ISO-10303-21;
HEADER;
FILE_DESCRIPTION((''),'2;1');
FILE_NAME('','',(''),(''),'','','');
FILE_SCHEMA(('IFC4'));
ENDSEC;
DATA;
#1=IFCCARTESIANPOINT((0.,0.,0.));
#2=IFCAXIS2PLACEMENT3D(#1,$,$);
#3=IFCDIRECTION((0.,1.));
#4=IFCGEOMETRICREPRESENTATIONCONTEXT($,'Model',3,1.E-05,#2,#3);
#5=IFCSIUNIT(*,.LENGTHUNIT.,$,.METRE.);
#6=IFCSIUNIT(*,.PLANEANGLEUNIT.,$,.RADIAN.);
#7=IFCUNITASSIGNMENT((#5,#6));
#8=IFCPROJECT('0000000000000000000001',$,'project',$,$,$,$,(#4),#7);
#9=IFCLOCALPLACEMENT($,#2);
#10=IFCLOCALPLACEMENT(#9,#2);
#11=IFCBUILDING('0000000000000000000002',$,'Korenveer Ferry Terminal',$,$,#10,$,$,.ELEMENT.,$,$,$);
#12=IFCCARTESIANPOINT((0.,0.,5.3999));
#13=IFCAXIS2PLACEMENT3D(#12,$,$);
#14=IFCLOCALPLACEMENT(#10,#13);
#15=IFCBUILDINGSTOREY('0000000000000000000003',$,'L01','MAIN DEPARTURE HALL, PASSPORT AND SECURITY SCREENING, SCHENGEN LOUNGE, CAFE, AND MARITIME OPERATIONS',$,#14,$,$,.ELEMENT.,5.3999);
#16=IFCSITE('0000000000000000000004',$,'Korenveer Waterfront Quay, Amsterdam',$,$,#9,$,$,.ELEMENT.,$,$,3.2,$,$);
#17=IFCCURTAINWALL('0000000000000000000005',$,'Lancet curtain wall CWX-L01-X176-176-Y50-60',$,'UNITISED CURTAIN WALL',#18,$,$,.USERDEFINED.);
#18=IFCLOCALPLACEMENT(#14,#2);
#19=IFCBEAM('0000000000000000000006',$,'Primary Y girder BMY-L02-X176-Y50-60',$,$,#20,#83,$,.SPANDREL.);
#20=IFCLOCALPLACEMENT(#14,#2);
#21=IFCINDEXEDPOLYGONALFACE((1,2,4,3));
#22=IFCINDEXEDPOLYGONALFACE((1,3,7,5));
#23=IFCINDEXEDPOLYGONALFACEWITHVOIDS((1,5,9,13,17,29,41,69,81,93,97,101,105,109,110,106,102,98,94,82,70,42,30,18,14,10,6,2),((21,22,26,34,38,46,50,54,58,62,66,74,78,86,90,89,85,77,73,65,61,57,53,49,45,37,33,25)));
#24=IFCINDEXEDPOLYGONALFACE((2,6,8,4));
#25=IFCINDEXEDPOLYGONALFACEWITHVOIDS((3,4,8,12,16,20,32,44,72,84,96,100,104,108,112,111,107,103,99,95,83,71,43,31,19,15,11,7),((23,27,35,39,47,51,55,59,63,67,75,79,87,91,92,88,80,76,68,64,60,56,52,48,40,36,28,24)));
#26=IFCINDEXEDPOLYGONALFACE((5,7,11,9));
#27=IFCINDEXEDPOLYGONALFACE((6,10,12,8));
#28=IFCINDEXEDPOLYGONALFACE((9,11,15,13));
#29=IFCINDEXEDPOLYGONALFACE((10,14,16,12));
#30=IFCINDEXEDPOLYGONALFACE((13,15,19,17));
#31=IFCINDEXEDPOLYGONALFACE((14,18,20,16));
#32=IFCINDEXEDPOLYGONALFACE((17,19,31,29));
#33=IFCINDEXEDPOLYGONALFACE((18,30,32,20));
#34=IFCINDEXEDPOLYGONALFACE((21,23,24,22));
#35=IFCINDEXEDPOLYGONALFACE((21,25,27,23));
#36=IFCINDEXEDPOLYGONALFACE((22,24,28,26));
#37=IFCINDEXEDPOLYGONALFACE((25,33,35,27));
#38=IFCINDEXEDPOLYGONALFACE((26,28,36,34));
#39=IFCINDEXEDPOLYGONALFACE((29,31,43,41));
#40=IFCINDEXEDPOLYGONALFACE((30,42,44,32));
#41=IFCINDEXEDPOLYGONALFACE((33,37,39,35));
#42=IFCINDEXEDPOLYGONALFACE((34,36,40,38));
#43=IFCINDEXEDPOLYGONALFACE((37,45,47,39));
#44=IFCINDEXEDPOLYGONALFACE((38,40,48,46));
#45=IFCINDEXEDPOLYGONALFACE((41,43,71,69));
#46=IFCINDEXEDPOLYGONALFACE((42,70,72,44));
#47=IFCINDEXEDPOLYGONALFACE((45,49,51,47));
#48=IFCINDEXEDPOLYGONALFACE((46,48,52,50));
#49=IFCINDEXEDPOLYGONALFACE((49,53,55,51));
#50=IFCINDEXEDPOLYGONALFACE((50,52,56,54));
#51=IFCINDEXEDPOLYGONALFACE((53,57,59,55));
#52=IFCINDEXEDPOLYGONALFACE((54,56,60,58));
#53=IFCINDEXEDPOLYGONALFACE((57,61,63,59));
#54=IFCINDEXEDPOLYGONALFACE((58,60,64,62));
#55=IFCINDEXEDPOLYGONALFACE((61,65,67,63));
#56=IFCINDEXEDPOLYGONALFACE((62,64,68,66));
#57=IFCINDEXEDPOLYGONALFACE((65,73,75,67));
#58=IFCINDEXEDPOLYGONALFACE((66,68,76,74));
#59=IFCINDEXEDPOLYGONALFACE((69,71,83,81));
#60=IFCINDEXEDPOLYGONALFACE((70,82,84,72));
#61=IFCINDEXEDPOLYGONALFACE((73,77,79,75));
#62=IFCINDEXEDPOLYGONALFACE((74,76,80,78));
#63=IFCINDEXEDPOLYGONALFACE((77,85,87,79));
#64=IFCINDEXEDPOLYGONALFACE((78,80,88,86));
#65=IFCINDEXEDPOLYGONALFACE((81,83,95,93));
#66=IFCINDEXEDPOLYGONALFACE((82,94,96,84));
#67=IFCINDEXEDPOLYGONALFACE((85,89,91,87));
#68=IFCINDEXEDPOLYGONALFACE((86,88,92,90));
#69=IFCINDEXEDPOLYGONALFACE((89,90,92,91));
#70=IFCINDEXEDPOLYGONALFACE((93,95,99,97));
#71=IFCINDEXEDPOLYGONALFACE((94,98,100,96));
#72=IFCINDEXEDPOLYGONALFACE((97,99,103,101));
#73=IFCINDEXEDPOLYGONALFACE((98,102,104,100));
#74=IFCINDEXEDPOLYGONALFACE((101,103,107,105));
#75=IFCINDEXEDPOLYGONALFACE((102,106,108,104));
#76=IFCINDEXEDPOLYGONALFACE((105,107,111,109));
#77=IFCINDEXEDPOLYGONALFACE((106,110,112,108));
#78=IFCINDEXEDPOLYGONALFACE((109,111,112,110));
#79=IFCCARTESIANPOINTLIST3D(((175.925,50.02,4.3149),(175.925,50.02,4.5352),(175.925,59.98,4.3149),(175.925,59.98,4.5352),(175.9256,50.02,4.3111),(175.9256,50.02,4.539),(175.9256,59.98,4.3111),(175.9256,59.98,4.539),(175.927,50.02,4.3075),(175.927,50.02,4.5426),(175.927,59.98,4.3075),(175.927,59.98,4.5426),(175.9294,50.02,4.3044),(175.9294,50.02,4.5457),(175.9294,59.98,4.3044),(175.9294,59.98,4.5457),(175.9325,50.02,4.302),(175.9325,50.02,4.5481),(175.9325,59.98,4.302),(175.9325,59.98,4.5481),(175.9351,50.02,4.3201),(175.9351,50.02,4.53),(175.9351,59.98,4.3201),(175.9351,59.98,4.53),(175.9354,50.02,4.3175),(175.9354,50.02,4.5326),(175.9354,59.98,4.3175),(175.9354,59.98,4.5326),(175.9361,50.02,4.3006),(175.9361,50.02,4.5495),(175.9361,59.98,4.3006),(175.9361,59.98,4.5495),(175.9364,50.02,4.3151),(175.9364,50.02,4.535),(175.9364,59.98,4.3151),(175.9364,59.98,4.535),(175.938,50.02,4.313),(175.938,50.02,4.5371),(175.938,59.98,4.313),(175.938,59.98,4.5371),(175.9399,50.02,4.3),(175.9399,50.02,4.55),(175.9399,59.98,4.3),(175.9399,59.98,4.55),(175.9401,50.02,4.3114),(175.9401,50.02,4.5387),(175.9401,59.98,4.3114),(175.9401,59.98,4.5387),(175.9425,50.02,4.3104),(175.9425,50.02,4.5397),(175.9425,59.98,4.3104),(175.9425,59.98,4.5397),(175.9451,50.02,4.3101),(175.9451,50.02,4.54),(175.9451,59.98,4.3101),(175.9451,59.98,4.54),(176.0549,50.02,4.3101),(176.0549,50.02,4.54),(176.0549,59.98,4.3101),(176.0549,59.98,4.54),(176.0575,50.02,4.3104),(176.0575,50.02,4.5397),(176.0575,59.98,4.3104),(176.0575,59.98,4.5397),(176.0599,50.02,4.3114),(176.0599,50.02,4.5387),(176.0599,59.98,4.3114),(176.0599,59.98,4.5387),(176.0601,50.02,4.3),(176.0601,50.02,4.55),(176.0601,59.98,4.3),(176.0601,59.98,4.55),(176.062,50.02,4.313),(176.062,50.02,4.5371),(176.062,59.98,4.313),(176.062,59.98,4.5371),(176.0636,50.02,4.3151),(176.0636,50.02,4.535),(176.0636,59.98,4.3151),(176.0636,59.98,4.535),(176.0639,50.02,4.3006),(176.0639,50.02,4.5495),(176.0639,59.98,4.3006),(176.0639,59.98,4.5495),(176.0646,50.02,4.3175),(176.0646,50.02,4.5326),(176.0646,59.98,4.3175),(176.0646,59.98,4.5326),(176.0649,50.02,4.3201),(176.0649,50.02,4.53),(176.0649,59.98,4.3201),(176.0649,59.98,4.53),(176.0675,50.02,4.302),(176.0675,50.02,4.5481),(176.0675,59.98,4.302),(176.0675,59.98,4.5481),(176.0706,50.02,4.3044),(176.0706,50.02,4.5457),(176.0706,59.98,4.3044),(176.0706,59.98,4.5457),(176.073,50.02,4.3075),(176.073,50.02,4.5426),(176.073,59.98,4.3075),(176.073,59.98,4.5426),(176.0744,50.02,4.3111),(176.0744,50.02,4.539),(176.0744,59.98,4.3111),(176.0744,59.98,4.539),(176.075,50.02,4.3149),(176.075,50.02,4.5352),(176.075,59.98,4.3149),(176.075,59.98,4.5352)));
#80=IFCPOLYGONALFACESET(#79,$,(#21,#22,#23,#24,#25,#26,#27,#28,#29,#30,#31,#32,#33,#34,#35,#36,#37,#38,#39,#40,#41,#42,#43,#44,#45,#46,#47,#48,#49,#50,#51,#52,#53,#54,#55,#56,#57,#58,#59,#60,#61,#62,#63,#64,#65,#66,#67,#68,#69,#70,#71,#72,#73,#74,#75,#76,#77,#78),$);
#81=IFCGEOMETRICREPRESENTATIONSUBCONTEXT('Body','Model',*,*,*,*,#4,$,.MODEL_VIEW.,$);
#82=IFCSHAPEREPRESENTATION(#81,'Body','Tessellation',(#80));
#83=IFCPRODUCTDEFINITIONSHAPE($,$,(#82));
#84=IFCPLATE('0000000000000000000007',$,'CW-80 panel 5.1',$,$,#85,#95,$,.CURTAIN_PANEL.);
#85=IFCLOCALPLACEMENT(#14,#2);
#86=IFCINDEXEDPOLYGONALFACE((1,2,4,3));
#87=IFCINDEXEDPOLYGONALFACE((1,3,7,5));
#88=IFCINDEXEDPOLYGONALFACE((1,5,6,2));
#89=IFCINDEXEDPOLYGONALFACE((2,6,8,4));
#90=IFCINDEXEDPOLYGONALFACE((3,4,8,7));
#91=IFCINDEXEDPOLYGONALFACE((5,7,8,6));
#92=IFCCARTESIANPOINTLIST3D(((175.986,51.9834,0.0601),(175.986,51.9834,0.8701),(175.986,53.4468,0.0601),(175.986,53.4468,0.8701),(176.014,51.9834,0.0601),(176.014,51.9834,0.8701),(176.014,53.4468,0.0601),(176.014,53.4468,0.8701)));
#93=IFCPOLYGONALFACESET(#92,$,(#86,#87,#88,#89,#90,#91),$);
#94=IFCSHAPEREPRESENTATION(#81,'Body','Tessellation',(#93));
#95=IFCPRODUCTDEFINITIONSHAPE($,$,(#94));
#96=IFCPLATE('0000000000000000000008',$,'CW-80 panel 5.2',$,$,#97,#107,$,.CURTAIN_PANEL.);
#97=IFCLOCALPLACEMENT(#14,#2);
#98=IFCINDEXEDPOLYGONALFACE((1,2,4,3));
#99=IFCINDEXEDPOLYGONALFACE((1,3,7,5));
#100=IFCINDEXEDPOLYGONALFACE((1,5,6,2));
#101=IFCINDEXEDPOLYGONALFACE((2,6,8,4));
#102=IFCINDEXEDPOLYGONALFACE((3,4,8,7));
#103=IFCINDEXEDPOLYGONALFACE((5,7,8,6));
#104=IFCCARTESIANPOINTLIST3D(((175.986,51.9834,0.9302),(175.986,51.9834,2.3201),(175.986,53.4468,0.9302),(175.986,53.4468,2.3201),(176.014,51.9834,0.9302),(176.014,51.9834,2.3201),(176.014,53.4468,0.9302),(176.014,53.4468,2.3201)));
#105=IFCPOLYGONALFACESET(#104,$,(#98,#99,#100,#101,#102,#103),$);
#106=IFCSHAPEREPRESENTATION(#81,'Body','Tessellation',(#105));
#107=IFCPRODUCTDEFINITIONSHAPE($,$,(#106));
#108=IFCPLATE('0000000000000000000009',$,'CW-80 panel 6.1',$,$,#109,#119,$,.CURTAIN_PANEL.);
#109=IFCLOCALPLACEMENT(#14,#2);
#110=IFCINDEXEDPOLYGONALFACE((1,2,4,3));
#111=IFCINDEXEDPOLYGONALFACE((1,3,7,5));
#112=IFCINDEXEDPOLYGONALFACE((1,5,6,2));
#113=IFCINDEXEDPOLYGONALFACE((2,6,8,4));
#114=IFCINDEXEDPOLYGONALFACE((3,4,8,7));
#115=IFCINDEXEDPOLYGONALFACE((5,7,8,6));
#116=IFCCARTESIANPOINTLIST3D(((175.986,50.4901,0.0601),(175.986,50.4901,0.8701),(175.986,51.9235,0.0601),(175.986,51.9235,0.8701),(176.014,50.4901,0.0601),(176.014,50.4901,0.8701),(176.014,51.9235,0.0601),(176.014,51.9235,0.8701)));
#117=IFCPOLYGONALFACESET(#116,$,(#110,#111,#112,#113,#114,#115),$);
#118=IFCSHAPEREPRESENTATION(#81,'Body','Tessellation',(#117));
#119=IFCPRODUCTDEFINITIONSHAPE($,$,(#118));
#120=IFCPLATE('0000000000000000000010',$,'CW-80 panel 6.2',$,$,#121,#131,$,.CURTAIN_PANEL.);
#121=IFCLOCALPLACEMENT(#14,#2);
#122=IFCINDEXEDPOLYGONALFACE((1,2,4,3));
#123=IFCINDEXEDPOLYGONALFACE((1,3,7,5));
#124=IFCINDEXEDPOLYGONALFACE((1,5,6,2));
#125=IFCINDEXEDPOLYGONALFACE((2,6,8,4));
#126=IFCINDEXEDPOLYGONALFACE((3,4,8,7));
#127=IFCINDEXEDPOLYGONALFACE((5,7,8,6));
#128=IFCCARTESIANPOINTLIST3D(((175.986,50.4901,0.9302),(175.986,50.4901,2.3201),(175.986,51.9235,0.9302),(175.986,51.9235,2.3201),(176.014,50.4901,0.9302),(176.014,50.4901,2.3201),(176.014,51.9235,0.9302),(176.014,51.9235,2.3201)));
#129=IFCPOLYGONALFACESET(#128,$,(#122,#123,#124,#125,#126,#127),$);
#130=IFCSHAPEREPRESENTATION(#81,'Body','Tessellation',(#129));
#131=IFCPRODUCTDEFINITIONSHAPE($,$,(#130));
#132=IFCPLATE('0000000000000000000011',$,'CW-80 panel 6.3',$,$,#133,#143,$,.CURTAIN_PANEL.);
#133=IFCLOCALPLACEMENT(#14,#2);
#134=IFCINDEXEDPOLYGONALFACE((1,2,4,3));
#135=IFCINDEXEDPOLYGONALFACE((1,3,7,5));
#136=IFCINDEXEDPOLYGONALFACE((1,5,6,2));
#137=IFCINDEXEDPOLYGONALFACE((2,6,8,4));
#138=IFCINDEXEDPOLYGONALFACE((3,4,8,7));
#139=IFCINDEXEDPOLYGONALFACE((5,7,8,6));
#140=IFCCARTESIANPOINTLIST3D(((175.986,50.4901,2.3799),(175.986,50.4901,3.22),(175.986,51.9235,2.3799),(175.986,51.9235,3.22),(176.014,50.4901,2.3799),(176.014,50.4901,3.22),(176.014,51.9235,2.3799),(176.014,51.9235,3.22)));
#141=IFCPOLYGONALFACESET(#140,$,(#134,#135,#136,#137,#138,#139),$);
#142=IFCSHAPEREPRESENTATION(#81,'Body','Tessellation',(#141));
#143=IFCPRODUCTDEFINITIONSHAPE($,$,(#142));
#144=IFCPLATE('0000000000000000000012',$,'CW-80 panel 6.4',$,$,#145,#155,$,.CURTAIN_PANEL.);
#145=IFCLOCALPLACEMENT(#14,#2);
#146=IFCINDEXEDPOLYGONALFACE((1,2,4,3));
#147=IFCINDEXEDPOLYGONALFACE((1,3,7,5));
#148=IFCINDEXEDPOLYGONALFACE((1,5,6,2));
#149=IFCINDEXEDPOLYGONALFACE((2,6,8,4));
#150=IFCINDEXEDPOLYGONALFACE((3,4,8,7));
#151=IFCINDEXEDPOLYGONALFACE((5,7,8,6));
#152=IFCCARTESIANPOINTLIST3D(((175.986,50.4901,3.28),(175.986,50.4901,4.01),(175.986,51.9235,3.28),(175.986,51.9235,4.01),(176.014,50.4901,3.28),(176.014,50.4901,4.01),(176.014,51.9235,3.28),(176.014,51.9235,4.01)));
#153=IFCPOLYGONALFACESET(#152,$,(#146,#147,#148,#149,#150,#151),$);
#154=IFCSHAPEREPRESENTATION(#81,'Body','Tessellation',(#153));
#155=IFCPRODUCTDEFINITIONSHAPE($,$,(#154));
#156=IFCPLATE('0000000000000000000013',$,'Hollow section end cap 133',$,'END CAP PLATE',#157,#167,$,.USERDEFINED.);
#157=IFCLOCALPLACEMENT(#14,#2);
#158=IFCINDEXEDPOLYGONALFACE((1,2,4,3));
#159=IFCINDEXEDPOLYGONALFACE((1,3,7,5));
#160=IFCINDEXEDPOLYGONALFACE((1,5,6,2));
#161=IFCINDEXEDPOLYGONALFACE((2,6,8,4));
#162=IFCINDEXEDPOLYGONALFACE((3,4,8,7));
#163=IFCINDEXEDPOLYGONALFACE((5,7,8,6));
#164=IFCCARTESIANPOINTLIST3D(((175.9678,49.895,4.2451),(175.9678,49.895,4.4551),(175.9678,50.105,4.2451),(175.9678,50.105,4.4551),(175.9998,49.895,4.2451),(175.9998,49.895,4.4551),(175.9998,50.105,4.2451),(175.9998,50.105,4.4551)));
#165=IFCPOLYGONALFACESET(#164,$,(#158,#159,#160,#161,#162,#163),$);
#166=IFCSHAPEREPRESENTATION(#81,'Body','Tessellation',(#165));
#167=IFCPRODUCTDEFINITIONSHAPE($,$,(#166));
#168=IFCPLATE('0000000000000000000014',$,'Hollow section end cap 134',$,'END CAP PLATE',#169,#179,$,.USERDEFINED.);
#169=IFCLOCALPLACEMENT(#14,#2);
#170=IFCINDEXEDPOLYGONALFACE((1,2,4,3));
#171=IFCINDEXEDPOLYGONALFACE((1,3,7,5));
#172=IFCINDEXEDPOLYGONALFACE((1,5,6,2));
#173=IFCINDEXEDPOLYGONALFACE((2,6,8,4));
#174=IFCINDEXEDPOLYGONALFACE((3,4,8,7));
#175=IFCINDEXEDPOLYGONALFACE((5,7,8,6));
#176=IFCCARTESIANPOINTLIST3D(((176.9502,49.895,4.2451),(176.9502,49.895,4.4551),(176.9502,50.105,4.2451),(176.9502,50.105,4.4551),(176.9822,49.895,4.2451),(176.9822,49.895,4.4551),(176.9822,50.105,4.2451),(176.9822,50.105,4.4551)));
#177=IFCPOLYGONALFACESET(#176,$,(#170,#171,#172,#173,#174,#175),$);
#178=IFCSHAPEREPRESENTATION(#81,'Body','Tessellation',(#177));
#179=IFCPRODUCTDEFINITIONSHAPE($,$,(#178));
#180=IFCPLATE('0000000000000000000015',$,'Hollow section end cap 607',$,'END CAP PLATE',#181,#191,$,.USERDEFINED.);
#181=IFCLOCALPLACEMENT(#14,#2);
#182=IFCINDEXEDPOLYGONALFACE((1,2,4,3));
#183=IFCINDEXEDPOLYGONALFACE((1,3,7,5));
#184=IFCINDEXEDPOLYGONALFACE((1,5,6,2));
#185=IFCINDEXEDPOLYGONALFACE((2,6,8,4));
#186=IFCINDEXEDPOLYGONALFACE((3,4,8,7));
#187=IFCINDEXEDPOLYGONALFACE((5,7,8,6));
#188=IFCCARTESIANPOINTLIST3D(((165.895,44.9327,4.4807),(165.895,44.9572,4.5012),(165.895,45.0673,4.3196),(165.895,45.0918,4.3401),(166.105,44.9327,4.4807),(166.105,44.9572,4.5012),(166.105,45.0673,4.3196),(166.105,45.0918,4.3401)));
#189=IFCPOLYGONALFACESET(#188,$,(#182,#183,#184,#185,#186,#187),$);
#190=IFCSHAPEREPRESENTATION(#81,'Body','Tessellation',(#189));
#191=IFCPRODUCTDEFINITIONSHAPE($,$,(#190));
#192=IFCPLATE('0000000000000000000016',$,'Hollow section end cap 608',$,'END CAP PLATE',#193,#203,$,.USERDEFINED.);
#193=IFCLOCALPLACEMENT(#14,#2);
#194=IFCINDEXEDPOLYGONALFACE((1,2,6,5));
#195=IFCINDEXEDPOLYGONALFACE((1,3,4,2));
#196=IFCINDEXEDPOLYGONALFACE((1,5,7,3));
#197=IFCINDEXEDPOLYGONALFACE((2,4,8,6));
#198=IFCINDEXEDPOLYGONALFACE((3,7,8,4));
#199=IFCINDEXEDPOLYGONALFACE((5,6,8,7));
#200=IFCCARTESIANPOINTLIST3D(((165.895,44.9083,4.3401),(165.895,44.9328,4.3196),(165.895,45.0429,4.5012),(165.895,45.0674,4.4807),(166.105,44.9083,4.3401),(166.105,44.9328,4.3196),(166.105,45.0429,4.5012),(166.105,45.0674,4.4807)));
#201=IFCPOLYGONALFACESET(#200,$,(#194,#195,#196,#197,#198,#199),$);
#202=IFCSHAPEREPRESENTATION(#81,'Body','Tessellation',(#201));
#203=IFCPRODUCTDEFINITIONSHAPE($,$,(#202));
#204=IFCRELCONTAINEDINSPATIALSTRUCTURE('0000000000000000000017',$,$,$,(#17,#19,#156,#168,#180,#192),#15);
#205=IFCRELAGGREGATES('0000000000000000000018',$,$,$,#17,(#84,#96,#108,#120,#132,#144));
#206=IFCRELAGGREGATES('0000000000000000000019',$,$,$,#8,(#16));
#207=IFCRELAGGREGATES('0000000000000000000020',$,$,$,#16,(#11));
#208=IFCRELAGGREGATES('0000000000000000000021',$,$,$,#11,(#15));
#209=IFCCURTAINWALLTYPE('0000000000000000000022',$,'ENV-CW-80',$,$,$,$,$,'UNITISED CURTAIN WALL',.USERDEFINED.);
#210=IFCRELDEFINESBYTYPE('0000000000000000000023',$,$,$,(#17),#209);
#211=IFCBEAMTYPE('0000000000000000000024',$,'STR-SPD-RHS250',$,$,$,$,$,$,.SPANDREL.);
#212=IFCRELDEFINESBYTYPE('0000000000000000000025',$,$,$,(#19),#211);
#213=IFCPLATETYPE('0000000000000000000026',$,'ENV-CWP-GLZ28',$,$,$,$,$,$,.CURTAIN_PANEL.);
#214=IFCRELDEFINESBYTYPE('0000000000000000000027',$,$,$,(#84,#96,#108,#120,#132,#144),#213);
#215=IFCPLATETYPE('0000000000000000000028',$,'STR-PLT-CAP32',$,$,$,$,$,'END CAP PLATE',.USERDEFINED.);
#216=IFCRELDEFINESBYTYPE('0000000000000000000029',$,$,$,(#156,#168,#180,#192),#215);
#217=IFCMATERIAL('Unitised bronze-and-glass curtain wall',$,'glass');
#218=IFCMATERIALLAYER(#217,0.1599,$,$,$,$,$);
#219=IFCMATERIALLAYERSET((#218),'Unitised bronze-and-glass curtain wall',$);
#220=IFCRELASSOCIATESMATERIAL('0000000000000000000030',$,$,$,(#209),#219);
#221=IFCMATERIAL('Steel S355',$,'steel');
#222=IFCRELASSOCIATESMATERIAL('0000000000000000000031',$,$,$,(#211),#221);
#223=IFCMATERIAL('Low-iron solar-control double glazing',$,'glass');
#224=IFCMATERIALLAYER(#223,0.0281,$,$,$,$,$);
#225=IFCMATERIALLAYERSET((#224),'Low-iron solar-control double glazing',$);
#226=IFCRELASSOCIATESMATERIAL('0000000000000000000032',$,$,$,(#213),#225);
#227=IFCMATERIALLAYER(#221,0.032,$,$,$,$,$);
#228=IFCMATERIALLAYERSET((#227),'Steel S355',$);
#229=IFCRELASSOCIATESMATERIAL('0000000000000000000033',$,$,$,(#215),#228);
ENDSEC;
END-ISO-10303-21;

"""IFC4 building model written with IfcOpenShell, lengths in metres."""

from ifc_helpers import new_model, si_unit, direction, frame, origin, origin_2d, place, context, subcontext, project, spatial, rectangle, hollow_rectangle, extrude, material, layer, layer_set, material_profile, profile_set, type_object, element, aggregate, save


model = new_model("IFC4")

# Units and contexts
model_context = context("Model", 3, precision=1e-05, world=origin(), true_north=direction((0.0, 1.0)))
body_context = subcontext(model_context, "Body", "Model", "MODEL_VIEW")
ifc_project = project(units=[si_unit("LENGTHUNIT", "METRE"), si_unit("PLANEANGLEUNIT", "RADIAN")], contexts=[model_context])

# Site, building, storey
site_placement = place(None, origin())
site = spatial("IfcSite", under=ifc_project, at=site_placement, Name="Korenveer Waterfront Quay, Amsterdam", CompositionType="ELEMENT", RefElevation=3.2)
building_placement = place(site_placement, origin())
building = spatial("IfcBuilding", under=site, at=building_placement, Name="Korenveer Ferry Terminal", CompositionType="ELEMENT")
storey_placement = place(building_placement, frame((0.0, 0.0, 5.3999)))
storey = spatial("IfcBuildingStorey", under=building, at=storey_placement, Name="L01", Description="MAIN DEPARTURE HALL, PASSPORT AND SECURITY SCREENING, SCHENGEN LOUNGE, CAFE, AND MARITIME OPERATIONS", CompositionType="ELEMENT", Elevation=5.3999)

# Shared definitions
ifc_material_1 = material(Name="Steel S355", Category="steel")

# Curtain wall
ifc_material_2 = material(Name="Unitised bronze-and-glass curtain wall", Category="glass")
ifc_layer_1 = layer(ifc_material_2, 0.1599)
ifc_layer_set_1 = layer_set([ifc_layer_1], Name="Unitised bronze-and-glass curtain wall")
curtain_wall_type = type_object("IfcCurtainWallType", Name="ENV-CW-80", ElementType="UNITISED CURTAIN WALL", PredefinedType="USERDEFINED", material=ifc_layer_set_1)
curtain_wall_placement = place(storey_placement, frame((176.0, 59.5701, 0.0)))
curtain_wall = element("IfcCurtainWall", 1, at=curtain_wall_placement, inside=storey, type_object=curtain_wall_type, Name="Lancet curtain wall CWX-L01-X176-176-Y50-60", ObjectType="UNITISED CURTAIN WALL", PredefinedType="USERDEFINED")

# Beam
ifc_material_profile_1 = material_profile(ifc_material_1, hollow_rectangle(XDim=0.1499, YDim=0.25, WallThickness=0.01, InnerFilletRadius=0.01, OuterFilletRadius=0.0149, at=origin_2d()), Name="RHS 250x150x10")
ifc_profile_set_1 = profile_set([ifc_material_profile_1], Name="Steel S355")
beam_type_1 = type_object("IfcBeamType", Name="STR-SPD-RHS250", PredefinedType="SPANDREL", material=ifc_profile_set_1)
for number, where, z_axis, x_axis, name in (
    (2, (176.0, 50.02, 4.425), (0.0, 1.0, 0.0), (-1.0, 0.0, 0.0), "Primary Y girder BMY-L02-X176-Y50-60"),
):
    element("IfcBeam", number, at=place(storey_placement, frame(where, z_axis=z_axis, x_axis=x_axis)), inside=storey, type_object=beam_type_1, Name=name, PredefinedType="SPANDREL", context=body_context, shape_type="SweptSolid", body=[
        extrude(hollow_rectangle(XDim=0.1499, YDim=0.25, WallThickness=0.01, InnerFilletRadius=0.01, OuterFilletRadius=0.0149, at=origin_2d()), origin(), (0.0, 0.0, 1.0), 9.96),
    ])

# Plates
ifc_material_3 = material(Name="Low-iron solar-control double glazing", Category="glass")
ifc_layer_2 = layer(ifc_material_3, 0.0281)
ifc_layer_set_2 = layer_set([ifc_layer_2], Name="Low-iron solar-control double glazing")
plate_type_1 = type_object("IfcPlateType", Name="ENV-CWP-GLZ28", PredefinedType="CURTAIN_PANEL", material=ifc_layer_set_2)
plate_1_placement = place(storey_placement, frame((176.0, 52.7151, 0.0601), z_axis=(0.0, 0.0, 1.0), x_axis=(0.0, -1.0, 0.0)))
plate_1 = element("IfcPlate", 3, at=plate_1_placement, type_object=plate_type_1, Name="CW-80 panel 5.1", PredefinedType="CURTAIN_PANEL", context=body_context, shape_type="SweptSolid", body=[
    extrude(rectangle(XDim=1.4634, YDim=0.0281, at=origin_2d()), origin(), (0.0, 0.0, 1.0), 0.8101),
])
plate_2_placement = place(storey_placement, frame((176.0, 52.7151, 0.9302), z_axis=(0.0, 0.0, 1.0), x_axis=(0.0, -1.0, 0.0)))
plate_2 = element("IfcPlate", 4, at=plate_2_placement, type_object=plate_type_1, Name="CW-80 panel 5.2", PredefinedType="CURTAIN_PANEL", context=body_context, shape_type="SweptSolid", body=[
    extrude(rectangle(XDim=1.4634, YDim=0.0281, at=origin_2d()), origin(), (0.0, 0.0, 1.0), 1.3899),
])
plate_3_placement = place(storey_placement, frame((176.0, 51.2068, 0.0601), z_axis=(0.0, 0.0, 1.0), x_axis=(0.0, -1.0, 0.0)))
plate_3 = element("IfcPlate", 5, at=plate_3_placement, type_object=plate_type_1, Name="CW-80 panel 6.1", PredefinedType="CURTAIN_PANEL", context=body_context, shape_type="SweptSolid", body=[
    extrude(rectangle(XDim=1.4333, YDim=0.0281, at=origin_2d()), origin(), (0.0, 0.0, 1.0), 0.8101),
])
plate_4_placement = place(storey_placement, frame((176.0, 51.2068, 0.9302), z_axis=(0.0, 0.0, 1.0), x_axis=(0.0, -1.0, 0.0)))
plate_4 = element("IfcPlate", 6, at=plate_4_placement, type_object=plate_type_1, Name="CW-80 panel 6.2", PredefinedType="CURTAIN_PANEL", context=body_context, shape_type="SweptSolid", body=[
    extrude(rectangle(XDim=1.4333, YDim=0.0281, at=origin_2d()), origin(), (0.0, 0.0, 1.0), 1.3899),
])
plate_5_placement = place(storey_placement, frame((176.0, 51.2068, 2.3799), z_axis=(0.0, 0.0, 1.0), x_axis=(0.0, -1.0, 0.0)))
plate_5 = element("IfcPlate", 7, at=plate_5_placement, type_object=plate_type_1, Name="CW-80 panel 6.3", PredefinedType="CURTAIN_PANEL", context=body_context, shape_type="SweptSolid", body=[
    extrude(rectangle(XDim=1.4333, YDim=0.0281, at=origin_2d()), origin(), (0.0, 0.0, 1.0), 0.8401),
])
plate_6_placement = place(storey_placement, frame((176.0, 51.2068, 3.28), z_axis=(0.0, 0.0, 1.0), x_axis=(0.0, -1.0, 0.0)))
plate_6 = element("IfcPlate", 8, at=plate_6_placement, type_object=plate_type_1, Name="CW-80 panel 6.4", PredefinedType="CURTAIN_PANEL", context=body_context, shape_type="SweptSolid", body=[
    extrude(rectangle(XDim=1.4333, YDim=0.0281, at=origin_2d()), origin(), (0.0, 0.0, 1.0), 0.73),
])
aggregate(curtain_wall, [plate_1, plate_2, plate_3, plate_4, plate_5, plate_6])

# Plates
ifc_layer_3 = layer(ifc_material_1, 0.032)
ifc_layer_set_3 = layer_set([ifc_layer_3], Name="Steel S355")
plate_type_2 = type_object("IfcPlateType", Name="STR-PLT-CAP32", ElementType="END CAP PLATE", PredefinedType="USERDEFINED", material=ifc_layer_set_3)
for number, where, z_axis, x_axis, name in (
    (9, (175.9678, 50.0, 4.3501), (1.0, 0.0, 0.0), (0.0, 1.0, 0.0), "Hollow section end cap 133"),
    (10, (176.9502, 50.0, 4.3501), (1.0, 0.0, 0.0), (0.0, 1.0, 0.0), "Hollow section end cap 134"),
    (11, (166.0, 45.0, 4.4001), (0.0, 0.767463, 0.641093), (-1.0, 0.0, 0.0), "Hollow section end cap 607"),
    (12, (166.0, 44.9756, 4.4207), (0.0, 0.767463, -0.641093), (-1.0, 0.0, 0.0), "Hollow section end cap 608"),
):
    element("IfcPlate", number, at=place(storey_placement, frame(where, z_axis=z_axis, x_axis=x_axis)), inside=storey, type_object=plate_type_2, Name=name, ObjectType="END CAP PLATE", PredefinedType="USERDEFINED", context=body_context, shape_type="SweptSolid", body=[
        extrude(rectangle(XDim=0.21, YDim=0.21, at=origin_2d()), origin(), (0.0, 0.0, 1.0), 0.032),
    ])

save(model, "model.ifc")
